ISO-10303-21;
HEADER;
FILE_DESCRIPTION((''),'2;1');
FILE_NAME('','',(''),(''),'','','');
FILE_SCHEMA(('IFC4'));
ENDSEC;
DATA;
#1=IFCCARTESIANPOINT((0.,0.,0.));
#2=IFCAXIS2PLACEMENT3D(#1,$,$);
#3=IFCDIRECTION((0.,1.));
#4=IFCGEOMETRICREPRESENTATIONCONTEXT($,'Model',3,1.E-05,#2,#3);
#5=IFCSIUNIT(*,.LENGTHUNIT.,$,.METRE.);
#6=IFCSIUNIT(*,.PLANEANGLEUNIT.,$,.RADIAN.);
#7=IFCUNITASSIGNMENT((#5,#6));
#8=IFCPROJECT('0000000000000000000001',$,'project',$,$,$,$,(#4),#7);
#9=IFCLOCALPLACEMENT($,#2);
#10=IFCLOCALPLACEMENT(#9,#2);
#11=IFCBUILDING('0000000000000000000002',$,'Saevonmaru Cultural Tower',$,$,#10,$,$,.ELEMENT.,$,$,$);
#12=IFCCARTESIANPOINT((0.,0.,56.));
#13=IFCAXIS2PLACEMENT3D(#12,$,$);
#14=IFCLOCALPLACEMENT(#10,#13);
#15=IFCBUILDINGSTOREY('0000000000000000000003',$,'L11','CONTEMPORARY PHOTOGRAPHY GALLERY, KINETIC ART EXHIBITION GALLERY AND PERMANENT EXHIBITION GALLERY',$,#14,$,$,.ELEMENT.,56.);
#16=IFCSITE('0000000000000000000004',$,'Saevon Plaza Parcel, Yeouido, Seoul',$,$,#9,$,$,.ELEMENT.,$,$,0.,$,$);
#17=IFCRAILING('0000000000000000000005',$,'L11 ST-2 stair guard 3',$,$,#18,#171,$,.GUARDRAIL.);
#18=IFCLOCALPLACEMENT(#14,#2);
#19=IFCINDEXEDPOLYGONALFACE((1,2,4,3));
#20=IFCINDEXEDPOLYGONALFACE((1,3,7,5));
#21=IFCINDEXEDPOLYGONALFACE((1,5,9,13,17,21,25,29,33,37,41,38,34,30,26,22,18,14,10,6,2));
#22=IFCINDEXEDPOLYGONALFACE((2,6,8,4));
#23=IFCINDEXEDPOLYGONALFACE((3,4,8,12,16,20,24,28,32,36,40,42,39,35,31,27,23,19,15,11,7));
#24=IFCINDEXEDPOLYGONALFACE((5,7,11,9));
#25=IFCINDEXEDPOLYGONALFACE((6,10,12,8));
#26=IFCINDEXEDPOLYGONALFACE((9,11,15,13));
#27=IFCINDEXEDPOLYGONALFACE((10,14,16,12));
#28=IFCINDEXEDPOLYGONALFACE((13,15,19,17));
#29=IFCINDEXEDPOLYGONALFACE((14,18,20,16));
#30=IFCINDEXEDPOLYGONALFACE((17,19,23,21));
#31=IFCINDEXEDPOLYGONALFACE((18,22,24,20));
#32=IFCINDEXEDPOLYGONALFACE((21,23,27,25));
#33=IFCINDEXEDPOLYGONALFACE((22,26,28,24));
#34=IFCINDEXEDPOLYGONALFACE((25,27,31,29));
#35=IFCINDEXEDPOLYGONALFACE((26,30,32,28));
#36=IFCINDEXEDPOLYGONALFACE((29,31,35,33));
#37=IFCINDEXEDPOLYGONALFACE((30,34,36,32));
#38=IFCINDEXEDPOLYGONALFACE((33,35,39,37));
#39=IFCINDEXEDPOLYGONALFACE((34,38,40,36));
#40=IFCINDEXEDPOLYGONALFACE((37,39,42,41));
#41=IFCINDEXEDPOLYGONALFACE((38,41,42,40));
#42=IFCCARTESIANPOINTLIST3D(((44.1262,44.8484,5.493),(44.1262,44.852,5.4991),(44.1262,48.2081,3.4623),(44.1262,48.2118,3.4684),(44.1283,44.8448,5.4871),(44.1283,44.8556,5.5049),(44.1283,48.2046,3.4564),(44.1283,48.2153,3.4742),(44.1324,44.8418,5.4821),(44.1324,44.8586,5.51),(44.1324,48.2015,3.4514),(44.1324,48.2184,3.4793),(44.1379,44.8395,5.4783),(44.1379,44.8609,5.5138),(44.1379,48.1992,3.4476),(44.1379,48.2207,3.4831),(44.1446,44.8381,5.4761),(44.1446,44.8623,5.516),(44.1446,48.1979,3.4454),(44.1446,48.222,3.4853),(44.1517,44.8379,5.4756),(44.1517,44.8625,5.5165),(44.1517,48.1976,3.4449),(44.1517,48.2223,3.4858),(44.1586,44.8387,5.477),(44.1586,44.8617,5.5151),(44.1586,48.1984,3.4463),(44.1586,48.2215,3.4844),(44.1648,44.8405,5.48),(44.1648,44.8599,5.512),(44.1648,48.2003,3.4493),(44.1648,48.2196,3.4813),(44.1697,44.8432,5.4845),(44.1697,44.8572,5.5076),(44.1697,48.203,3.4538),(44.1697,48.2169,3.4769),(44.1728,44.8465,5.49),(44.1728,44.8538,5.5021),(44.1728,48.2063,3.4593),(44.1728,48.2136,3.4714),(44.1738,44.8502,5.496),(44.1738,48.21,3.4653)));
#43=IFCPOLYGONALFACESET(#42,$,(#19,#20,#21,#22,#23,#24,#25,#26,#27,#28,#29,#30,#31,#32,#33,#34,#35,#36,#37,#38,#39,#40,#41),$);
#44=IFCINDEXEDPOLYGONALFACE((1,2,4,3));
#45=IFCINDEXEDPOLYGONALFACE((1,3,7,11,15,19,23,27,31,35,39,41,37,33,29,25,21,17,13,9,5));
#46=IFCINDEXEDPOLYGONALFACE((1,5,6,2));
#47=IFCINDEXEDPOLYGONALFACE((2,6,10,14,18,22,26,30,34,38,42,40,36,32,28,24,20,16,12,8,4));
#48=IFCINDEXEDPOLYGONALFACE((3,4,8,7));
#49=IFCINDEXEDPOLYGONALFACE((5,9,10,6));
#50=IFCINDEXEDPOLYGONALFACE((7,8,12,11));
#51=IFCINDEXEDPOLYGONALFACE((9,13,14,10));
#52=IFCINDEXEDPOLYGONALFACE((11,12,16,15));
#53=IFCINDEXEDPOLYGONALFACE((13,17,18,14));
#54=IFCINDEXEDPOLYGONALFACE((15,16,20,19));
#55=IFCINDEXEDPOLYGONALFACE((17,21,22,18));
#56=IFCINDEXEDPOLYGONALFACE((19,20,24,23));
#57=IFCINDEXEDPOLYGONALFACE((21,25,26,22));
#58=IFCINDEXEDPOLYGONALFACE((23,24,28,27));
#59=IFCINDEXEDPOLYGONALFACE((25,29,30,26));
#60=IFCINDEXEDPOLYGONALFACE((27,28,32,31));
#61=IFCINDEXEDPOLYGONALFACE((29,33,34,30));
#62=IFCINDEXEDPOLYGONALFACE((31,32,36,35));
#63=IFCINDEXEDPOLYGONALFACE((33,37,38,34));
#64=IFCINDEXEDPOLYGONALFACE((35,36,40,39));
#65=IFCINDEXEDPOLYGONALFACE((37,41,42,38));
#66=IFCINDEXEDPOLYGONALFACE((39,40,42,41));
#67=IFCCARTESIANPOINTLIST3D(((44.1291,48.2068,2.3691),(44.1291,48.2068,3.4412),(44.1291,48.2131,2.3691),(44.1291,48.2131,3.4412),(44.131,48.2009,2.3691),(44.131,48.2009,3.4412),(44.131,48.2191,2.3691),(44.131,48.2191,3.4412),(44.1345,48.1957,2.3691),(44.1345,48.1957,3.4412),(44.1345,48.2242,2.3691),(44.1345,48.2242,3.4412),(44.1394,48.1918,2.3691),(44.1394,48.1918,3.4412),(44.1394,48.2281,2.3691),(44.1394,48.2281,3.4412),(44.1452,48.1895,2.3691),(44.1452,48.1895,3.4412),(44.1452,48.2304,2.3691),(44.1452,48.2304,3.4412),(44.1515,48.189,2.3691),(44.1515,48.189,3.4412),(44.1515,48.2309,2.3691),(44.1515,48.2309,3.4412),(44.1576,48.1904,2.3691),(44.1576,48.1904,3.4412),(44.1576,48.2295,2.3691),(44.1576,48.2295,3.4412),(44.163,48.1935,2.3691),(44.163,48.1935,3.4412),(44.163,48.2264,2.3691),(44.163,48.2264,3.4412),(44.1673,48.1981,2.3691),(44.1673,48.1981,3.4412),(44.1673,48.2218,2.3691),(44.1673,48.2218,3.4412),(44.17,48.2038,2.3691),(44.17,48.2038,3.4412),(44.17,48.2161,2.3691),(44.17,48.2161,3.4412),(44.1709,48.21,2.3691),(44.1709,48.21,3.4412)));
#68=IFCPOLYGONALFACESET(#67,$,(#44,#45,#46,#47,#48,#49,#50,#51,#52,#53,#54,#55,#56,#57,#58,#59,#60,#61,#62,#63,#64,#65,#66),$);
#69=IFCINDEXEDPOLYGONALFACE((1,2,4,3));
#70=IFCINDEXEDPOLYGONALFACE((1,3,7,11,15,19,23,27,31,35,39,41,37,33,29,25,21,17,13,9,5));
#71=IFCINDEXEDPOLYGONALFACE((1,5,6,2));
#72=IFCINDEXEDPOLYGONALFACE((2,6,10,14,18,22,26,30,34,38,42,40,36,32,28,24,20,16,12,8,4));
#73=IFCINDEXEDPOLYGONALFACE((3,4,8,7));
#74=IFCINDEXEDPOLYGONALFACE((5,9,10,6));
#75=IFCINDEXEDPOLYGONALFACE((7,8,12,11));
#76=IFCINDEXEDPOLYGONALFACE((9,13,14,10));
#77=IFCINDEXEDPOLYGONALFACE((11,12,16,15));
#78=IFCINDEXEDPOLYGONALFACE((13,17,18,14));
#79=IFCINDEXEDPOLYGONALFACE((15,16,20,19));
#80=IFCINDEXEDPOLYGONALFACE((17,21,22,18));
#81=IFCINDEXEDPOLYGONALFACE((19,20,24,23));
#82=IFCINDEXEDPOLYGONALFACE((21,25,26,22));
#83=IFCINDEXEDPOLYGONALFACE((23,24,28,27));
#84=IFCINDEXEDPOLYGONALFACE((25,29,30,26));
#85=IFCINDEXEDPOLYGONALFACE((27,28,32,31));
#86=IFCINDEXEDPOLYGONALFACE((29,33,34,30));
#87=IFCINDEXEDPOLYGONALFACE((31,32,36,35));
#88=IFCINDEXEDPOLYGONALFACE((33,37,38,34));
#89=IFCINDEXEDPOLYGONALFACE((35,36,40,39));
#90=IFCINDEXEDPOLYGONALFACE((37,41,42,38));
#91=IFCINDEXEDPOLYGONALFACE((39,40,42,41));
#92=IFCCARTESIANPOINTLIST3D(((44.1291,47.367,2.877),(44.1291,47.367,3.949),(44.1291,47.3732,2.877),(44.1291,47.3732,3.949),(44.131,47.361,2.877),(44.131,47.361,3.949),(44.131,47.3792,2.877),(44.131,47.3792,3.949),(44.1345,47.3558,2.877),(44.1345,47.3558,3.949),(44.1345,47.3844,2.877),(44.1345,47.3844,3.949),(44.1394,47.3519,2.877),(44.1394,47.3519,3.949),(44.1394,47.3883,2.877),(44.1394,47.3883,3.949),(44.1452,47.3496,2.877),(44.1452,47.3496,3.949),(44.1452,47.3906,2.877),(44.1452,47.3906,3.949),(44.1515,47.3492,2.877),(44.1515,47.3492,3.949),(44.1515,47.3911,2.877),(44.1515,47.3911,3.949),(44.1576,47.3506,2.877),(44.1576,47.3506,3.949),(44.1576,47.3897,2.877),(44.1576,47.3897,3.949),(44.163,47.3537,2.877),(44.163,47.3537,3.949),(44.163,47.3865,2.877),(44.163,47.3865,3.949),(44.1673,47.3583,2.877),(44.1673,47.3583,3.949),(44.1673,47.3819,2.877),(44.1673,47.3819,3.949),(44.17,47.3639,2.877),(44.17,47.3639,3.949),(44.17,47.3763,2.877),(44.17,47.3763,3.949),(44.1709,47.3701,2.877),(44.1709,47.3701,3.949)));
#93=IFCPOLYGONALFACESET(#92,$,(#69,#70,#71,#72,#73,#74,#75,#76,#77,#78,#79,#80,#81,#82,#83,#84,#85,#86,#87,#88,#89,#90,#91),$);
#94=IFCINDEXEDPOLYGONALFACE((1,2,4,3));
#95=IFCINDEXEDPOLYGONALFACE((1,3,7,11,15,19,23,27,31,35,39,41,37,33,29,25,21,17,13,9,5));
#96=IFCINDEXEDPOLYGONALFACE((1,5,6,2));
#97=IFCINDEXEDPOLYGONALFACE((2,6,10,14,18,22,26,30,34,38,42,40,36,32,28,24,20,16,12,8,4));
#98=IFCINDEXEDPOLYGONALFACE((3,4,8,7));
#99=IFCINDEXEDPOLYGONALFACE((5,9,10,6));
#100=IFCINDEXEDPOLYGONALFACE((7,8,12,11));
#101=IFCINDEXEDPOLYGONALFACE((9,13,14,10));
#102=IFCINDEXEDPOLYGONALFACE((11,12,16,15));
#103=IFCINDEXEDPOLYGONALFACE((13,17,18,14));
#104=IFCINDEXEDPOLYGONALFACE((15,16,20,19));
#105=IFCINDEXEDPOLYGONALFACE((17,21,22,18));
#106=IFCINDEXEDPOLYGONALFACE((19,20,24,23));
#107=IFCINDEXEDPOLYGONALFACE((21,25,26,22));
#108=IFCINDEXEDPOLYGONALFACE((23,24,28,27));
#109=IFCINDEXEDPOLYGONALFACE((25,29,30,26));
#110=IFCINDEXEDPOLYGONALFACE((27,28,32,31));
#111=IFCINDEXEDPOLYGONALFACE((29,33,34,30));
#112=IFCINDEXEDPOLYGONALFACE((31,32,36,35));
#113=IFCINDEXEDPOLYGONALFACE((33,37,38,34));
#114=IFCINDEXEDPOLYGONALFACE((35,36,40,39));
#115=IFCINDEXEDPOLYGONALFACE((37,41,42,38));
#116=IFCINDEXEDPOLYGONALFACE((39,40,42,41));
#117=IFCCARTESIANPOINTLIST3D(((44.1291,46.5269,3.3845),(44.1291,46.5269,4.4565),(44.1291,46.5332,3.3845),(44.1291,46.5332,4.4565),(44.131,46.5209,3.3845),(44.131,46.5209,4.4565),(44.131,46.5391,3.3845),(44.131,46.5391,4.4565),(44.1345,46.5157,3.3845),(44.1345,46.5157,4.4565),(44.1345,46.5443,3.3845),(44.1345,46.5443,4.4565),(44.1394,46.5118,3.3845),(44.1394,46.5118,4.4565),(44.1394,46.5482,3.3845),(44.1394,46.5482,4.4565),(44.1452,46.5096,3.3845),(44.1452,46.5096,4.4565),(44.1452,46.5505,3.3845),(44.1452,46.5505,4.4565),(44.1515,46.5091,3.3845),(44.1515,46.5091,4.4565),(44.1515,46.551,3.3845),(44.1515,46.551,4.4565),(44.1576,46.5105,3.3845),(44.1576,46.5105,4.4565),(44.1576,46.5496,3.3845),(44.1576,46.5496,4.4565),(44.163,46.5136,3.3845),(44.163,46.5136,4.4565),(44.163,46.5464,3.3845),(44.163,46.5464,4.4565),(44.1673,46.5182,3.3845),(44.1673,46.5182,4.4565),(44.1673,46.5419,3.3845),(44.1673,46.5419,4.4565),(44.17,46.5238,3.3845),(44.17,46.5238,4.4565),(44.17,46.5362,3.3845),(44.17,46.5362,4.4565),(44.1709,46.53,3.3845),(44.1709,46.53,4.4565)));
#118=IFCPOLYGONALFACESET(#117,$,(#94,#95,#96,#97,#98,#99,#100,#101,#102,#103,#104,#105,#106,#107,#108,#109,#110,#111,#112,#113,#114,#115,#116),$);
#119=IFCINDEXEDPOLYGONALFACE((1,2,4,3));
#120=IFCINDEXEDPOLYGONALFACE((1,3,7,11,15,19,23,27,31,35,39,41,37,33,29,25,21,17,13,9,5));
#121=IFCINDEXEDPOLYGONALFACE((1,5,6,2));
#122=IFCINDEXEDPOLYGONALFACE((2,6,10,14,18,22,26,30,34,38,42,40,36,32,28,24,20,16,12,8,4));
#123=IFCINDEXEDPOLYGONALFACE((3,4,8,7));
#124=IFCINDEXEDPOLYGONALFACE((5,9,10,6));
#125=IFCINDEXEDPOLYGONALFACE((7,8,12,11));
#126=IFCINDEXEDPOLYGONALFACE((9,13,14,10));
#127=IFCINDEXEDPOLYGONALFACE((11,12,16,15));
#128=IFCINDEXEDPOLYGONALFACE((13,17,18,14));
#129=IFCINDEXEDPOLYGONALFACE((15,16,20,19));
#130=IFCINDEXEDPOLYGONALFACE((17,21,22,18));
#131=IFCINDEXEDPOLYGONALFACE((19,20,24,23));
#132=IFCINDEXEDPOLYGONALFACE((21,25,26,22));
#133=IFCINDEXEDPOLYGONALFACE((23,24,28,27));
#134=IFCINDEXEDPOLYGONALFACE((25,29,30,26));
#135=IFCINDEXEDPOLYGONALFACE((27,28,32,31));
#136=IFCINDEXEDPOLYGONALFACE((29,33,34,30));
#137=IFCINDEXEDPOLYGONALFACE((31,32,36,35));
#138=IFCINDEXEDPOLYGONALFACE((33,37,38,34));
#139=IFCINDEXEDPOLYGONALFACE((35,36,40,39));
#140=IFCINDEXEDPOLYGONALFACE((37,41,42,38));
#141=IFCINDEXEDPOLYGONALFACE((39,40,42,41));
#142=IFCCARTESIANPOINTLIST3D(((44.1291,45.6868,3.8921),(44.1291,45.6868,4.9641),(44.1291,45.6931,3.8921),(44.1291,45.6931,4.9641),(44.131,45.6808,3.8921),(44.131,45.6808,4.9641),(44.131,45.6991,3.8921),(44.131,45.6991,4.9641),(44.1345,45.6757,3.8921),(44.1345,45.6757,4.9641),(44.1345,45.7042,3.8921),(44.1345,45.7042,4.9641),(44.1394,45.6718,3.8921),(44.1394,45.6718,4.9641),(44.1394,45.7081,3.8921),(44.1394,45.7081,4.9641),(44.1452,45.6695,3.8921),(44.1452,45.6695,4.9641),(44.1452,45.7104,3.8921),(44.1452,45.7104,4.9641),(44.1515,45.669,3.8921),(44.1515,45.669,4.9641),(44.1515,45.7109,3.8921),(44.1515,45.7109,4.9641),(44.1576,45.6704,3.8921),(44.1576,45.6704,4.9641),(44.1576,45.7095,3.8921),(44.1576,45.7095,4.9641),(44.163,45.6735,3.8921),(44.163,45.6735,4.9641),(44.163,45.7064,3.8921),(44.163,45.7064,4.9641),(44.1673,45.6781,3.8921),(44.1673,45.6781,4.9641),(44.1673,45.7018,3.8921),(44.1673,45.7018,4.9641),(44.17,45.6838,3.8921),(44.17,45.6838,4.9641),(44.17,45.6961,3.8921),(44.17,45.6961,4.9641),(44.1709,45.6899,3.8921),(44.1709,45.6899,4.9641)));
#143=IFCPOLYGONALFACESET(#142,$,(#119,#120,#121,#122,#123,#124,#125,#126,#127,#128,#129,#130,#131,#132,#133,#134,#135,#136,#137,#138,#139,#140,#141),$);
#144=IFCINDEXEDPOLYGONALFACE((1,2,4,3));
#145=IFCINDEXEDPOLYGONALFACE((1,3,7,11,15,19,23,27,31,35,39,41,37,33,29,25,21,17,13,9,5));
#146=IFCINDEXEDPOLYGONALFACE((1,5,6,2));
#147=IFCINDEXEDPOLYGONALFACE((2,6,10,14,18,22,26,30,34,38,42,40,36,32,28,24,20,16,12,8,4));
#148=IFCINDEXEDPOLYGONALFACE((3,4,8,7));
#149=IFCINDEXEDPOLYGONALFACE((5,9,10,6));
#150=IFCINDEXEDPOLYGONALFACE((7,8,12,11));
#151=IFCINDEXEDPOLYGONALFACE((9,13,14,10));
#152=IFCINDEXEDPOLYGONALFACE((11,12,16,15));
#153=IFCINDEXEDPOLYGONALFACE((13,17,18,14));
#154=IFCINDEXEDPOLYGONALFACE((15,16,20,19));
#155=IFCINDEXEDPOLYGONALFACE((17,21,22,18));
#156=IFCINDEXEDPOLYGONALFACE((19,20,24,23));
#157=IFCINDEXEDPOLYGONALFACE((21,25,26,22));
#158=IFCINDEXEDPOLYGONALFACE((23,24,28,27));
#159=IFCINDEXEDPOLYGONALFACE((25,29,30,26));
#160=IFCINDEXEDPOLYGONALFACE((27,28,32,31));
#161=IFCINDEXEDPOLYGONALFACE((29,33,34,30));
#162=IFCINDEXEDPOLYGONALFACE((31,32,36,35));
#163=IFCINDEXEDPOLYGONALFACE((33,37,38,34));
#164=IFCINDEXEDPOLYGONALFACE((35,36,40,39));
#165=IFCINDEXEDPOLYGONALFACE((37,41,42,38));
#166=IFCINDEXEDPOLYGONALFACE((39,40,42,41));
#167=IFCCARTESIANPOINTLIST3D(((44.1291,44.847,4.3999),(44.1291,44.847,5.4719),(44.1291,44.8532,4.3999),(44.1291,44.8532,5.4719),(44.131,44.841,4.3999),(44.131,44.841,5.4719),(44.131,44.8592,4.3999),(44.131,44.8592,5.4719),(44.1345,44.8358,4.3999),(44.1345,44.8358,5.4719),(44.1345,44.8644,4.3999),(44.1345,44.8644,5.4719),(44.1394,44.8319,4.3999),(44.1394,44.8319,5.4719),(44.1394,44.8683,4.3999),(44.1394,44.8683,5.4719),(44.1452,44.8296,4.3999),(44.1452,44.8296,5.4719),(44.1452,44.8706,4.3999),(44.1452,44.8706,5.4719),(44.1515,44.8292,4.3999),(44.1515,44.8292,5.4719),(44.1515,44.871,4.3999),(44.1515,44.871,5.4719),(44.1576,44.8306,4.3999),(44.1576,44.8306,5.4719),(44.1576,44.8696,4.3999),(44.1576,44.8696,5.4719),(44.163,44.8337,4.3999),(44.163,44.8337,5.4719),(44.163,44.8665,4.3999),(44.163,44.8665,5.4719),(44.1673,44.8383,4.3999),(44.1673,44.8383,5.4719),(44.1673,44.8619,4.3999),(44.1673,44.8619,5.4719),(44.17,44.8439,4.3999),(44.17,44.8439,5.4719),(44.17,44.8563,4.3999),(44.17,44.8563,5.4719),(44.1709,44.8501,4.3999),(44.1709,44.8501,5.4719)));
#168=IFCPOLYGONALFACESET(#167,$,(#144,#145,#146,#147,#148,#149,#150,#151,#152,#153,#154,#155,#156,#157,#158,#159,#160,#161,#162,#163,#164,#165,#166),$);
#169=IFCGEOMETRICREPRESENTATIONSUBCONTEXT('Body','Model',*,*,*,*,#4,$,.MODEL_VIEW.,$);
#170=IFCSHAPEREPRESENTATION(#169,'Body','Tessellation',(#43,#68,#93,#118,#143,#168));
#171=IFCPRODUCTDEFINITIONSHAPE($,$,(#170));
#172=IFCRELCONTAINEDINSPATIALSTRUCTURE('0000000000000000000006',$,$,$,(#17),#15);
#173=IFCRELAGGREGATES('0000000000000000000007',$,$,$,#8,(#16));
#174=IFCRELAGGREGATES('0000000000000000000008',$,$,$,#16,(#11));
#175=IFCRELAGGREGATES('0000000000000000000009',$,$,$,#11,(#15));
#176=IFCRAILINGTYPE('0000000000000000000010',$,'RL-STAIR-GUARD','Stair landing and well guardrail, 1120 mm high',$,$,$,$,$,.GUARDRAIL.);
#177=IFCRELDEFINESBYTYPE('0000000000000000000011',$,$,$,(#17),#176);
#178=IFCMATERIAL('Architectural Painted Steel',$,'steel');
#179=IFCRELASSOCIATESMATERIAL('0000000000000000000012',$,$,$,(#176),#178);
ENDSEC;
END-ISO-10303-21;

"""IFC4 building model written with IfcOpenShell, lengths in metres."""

from ifc_helpers import new_model, si_unit, direction, frame, origin, origin_2d, place, context, subcontext, project, spatial, circle, extrude, material, type_object, element, save


model = new_model("IFC4")

# Units and contexts
model_context = context("Model", 3, precision=1e-05, world=origin(), true_north=direction((0.0, 1.0)))
body_context = subcontext(model_context, "Body", "Model", "MODEL_VIEW")
ifc_project = project(units=[si_unit("LENGTHUNIT", "METRE"), si_unit("PLANEANGLEUNIT", "RADIAN")], contexts=[model_context])

# Site, building, storey
site_placement = place(None, origin())
site = spatial("IfcSite", under=ifc_project, at=site_placement, Name="Saevon Plaza Parcel, Yeouido, Seoul", CompositionType="ELEMENT", RefElevation=0.0)
building_placement = place(site_placement, origin())
building = spatial("IfcBuilding", under=site, at=building_placement, Name="Saevonmaru Cultural Tower", CompositionType="ELEMENT")
storey_placement = place(building_placement, frame((0.0, 0.0, 56.0)))
storey = spatial("IfcBuildingStorey", under=building, at=storey_placement, Name="L11", Description="CONTEMPORARY PHOTOGRAPHY GALLERY, KINETIC ART EXHIBITION GALLERY AND PERMANENT EXHIBITION GALLERY", CompositionType="ELEMENT", Elevation=56.0)

# Railing
ifc_material_1 = material(Name="Architectural Painted Steel", Category="steel")
railing_type = type_object("IfcRailingType", Name="RL-STAIR-GUARD", Description="Stair landing and well guardrail, 1120 mm high", PredefinedType="GUARDRAIL", material=ifc_material_1)
railing_1_placement = place(storey_placement, frame((44.1499, 48.21, 2.3691)))
element("IfcRailing", 1, at=railing_1_placement, inside=storey, type_object=railing_type, Name="L11 ST-2 stair guard 3", PredefinedType="GUARDRAIL", context=body_context, shape_type="SweptSolid", body=[
    extrude(circle(Radius=0.0239, at=origin_2d()), frame((0.0, 0.0, 1.0962), z_axis=(0.0, -0.85582, 0.517273), x_axis=(1.0, 0.0, 0.0)), (0.0, 0.0, 1.0), 3.9258),
    extrude(circle(Radius=0.021, at=origin_2d()), origin(), (0.0, 0.0, 1.0), 1.072),
    extrude(circle(Radius=0.021, at=origin_2d()), frame((0.0, -0.8398, 0.5078)), (0.0, 0.0, 1.0), 1.072),
    extrude(circle(Radius=0.021, at=origin_2d()), frame((0.0, -1.6799, 1.0154)), (0.0, 0.0, 1.0), 1.072),
    extrude(circle(Radius=0.021, at=origin_2d()), frame((0.0, -2.52, 1.5229)), (0.0, 0.0, 1.0), 1.072),
    extrude(circle(Radius=0.021, at=origin_2d()), frame((0.0, -3.3599, 2.0308)), (0.0, 0.0, 1.0), 1.072),
])

save(model, "model.ifc")
